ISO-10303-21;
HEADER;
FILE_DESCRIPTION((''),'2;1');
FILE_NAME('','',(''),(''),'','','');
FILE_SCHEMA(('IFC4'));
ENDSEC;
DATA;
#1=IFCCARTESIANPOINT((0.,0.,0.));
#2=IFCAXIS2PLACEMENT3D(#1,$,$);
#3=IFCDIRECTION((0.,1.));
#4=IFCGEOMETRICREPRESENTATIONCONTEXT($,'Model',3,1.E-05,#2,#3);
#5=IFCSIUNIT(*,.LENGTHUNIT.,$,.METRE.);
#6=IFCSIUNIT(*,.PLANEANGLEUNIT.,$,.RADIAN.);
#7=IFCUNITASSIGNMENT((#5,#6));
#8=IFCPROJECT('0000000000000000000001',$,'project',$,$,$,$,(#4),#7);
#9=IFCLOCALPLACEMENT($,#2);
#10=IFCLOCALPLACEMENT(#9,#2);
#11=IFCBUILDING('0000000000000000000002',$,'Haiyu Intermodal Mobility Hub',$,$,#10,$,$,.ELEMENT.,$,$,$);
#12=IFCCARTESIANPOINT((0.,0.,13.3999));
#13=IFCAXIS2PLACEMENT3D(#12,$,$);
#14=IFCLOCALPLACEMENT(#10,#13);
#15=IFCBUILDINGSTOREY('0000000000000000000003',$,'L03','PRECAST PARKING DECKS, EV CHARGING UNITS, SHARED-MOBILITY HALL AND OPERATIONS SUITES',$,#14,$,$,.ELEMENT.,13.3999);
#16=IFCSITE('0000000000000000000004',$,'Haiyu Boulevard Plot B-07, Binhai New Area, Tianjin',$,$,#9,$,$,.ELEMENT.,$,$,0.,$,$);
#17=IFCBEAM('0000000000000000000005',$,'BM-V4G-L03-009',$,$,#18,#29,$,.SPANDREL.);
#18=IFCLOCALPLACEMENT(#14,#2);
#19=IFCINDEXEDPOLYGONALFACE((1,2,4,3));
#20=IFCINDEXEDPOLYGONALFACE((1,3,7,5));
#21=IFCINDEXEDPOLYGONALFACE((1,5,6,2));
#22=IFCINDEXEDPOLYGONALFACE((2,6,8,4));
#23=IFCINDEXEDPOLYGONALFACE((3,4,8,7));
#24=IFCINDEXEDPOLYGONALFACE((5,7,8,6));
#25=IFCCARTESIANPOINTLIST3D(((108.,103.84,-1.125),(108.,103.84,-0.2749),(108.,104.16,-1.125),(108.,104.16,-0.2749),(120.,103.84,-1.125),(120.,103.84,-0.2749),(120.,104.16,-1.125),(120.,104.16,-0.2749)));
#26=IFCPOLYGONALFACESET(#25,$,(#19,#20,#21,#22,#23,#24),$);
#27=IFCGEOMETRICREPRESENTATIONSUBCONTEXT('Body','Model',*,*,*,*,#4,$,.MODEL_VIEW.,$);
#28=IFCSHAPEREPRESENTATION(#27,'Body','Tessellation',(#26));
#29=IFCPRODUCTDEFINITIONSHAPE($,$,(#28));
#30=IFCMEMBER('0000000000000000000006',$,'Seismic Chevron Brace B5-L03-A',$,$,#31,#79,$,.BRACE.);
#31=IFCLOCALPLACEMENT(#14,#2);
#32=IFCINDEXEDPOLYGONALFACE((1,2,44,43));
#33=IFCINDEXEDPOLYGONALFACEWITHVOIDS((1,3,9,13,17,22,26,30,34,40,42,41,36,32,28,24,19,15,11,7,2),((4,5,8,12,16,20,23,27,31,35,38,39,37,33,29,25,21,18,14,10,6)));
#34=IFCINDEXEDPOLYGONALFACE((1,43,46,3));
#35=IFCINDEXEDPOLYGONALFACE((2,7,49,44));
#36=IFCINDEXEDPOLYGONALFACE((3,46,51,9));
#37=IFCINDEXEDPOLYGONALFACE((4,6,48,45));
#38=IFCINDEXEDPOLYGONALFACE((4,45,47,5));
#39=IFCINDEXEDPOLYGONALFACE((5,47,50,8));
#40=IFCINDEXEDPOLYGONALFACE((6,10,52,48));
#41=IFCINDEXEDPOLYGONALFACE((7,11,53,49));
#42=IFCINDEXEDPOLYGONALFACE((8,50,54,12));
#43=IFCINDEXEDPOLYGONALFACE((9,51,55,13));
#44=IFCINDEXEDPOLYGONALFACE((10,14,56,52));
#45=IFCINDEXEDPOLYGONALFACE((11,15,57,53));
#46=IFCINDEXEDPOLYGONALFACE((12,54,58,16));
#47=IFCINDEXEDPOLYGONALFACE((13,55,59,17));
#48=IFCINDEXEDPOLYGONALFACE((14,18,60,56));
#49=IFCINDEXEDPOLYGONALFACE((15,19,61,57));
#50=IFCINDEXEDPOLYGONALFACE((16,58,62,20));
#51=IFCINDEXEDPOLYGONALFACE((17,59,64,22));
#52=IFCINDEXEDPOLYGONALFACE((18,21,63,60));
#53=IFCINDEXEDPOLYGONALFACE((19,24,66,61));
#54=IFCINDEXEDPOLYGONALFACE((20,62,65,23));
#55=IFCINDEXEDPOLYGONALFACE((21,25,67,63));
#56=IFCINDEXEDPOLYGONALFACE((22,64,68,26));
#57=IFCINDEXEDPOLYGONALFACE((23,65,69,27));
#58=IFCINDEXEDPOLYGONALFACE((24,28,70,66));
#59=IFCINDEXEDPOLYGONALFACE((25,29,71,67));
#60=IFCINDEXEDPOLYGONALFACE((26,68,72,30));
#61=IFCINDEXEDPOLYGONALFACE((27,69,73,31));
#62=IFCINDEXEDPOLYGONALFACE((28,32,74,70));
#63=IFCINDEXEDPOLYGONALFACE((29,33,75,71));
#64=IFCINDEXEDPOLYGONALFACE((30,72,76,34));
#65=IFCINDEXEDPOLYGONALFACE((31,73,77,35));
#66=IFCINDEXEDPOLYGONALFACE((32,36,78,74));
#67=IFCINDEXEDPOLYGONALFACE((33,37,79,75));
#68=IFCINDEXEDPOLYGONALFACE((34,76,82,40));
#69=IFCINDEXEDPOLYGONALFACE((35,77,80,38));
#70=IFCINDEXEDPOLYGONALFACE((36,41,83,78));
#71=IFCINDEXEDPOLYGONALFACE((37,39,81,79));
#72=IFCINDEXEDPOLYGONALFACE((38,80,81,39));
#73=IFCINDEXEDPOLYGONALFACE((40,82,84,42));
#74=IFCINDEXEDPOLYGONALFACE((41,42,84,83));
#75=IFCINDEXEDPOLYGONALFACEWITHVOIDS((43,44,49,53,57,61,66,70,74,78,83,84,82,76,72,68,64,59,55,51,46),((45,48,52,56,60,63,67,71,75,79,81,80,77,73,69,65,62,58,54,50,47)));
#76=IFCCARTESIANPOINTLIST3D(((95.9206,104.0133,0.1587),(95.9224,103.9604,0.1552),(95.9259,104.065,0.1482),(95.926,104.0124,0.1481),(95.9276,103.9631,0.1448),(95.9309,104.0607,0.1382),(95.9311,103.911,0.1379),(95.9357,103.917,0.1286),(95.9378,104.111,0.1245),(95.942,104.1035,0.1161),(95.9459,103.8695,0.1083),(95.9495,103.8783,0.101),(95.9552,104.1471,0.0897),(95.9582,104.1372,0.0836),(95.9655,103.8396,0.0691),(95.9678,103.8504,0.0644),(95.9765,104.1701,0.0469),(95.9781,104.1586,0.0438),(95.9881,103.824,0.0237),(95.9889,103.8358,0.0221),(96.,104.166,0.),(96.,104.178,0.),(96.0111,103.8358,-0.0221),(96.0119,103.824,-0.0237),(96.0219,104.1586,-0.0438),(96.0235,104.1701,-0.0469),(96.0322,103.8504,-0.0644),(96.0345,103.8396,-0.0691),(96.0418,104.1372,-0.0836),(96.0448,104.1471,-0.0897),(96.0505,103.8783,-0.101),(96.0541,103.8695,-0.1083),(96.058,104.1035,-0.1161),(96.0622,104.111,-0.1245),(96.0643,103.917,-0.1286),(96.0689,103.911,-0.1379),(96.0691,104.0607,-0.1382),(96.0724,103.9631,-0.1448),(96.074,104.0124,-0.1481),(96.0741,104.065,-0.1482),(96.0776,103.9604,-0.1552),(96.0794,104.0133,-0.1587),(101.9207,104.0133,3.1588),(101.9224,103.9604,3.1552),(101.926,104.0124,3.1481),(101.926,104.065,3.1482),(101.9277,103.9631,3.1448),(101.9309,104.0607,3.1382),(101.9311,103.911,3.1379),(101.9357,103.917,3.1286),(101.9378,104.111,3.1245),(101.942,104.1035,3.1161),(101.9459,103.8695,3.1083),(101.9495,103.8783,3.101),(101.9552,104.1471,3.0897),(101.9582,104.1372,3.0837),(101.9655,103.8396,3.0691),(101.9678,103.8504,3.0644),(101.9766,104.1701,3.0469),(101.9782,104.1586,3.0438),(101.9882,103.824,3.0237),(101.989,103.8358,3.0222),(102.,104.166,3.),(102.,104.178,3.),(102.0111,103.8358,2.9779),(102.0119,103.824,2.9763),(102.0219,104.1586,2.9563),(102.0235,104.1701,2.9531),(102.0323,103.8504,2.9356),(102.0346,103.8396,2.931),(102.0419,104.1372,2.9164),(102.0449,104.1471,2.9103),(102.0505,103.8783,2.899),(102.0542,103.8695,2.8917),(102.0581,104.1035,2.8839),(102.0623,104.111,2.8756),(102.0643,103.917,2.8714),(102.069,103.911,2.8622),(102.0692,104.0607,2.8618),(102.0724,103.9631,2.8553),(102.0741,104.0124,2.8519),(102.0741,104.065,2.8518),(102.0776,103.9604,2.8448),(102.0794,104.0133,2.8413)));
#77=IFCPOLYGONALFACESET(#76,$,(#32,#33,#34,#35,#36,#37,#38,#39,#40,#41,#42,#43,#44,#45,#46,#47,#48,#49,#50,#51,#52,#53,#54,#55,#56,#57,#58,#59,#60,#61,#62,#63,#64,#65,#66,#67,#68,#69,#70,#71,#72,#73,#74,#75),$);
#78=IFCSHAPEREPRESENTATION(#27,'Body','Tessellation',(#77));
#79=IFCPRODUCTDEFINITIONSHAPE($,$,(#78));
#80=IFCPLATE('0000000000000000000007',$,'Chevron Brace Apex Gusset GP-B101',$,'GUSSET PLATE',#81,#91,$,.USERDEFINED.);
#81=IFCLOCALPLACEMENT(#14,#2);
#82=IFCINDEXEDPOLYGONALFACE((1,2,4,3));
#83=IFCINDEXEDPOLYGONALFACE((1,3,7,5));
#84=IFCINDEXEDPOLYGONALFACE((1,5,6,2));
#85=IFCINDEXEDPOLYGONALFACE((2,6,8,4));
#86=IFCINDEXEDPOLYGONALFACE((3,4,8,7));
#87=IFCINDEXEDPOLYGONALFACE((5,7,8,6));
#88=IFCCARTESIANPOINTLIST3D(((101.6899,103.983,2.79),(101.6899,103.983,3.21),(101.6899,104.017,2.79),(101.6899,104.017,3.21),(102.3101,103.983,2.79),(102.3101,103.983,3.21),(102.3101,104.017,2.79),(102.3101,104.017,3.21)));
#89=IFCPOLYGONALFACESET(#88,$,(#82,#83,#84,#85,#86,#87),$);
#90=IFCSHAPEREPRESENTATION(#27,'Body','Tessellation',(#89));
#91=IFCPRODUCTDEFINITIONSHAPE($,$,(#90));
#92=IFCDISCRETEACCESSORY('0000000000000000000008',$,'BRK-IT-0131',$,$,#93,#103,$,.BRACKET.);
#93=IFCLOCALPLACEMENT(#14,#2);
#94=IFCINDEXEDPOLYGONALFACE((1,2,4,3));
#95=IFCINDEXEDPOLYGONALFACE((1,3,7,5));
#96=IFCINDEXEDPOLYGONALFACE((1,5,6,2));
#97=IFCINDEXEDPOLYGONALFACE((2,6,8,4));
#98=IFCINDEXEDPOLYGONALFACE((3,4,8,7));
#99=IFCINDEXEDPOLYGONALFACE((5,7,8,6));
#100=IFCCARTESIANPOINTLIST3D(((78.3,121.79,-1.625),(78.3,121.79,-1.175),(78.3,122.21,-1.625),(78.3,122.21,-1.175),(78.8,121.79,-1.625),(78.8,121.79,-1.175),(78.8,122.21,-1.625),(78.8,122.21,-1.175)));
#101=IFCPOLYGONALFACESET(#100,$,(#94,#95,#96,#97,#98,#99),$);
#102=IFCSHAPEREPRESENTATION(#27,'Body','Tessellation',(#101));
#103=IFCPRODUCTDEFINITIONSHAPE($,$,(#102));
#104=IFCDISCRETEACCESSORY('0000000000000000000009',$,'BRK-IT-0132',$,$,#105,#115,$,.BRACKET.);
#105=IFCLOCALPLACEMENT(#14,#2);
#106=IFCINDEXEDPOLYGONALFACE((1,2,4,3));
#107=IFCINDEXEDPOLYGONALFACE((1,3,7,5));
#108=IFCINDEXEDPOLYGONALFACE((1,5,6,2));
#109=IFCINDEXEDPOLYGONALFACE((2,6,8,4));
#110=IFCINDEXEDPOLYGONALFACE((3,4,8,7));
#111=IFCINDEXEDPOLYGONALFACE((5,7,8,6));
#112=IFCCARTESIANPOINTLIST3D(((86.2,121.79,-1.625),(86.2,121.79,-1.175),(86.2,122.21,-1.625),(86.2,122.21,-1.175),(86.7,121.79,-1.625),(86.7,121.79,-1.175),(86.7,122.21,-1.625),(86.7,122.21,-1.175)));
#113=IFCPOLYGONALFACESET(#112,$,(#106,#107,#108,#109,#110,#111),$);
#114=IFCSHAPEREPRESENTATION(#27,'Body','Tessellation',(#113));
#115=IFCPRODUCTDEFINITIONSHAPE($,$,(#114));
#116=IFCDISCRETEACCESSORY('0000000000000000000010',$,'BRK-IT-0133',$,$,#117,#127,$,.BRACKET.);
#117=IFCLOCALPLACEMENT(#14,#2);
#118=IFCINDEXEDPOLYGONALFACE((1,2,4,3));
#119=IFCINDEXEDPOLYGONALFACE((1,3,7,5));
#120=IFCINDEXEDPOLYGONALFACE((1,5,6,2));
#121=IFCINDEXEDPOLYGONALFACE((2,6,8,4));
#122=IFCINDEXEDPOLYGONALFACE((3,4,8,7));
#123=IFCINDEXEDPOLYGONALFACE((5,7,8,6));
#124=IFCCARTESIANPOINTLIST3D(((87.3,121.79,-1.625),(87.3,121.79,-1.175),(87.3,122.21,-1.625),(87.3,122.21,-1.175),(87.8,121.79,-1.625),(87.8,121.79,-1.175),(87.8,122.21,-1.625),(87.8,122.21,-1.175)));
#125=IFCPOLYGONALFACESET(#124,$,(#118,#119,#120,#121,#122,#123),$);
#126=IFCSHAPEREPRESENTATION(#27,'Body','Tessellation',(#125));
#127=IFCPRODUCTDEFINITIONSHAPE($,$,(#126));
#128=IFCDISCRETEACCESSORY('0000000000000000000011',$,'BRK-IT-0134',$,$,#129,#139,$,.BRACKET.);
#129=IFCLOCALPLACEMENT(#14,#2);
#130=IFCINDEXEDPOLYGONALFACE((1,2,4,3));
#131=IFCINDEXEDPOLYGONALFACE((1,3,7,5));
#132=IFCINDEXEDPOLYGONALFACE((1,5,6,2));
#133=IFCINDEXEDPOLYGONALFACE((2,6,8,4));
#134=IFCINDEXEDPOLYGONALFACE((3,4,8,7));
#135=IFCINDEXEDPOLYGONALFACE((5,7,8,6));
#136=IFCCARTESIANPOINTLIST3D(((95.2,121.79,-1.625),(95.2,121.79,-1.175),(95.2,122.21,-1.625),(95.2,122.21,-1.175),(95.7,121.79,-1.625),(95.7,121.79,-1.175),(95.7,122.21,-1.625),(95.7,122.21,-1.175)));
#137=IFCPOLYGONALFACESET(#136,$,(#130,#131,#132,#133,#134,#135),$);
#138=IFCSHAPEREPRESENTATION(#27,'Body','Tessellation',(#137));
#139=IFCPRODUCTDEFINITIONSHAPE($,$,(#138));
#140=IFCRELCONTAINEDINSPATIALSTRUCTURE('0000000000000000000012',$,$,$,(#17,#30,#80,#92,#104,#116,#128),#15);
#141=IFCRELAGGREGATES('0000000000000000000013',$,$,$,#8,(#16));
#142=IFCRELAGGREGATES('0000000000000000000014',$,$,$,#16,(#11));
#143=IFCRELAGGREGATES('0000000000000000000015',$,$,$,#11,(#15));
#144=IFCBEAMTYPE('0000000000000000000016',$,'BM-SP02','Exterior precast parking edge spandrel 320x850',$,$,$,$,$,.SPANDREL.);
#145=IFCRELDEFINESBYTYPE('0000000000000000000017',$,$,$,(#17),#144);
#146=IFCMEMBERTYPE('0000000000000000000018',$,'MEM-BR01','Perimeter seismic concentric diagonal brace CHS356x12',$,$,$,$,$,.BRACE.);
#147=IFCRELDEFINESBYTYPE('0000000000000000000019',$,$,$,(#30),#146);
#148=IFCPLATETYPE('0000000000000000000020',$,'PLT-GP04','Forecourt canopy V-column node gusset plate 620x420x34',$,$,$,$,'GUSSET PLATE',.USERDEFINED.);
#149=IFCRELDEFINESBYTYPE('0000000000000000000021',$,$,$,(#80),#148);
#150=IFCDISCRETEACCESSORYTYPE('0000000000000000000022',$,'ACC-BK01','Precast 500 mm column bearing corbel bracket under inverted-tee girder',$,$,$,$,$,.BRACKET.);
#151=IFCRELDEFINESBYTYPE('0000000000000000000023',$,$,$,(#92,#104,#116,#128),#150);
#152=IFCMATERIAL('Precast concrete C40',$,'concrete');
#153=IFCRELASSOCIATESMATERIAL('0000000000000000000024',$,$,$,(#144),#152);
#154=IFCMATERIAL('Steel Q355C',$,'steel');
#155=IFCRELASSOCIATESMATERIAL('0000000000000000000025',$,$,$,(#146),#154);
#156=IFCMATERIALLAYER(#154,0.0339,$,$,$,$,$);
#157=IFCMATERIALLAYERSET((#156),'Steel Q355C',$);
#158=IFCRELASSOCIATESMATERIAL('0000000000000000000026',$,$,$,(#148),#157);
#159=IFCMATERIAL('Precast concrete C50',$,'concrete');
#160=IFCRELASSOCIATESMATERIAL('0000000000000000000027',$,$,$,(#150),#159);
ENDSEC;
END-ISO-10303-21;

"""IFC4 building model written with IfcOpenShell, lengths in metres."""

from ifc_helpers import new_model, si_unit, direction, frame, origin, origin_2d, place, context, subcontext, project, spatial, rectangle, hollow_circle, extrude, material, layer, layer_set, material_profile, profile_set, type_object, element, save


model = new_model("IFC4")

# Units and contexts
model_context = context("Model", 3, precision=1e-05, world=origin(), true_north=direction((0.0, 1.0)))
body_context = subcontext(model_context, "Body", "Model", "MODEL_VIEW")
ifc_project = project(units=[si_unit("LENGTHUNIT", "METRE"), si_unit("PLANEANGLEUNIT", "RADIAN")], contexts=[model_context])

# Site, building, storey
site_placement = place(None, origin())
site = spatial("IfcSite", under=ifc_project, at=site_placement, Name="Haiyu Boulevard Plot B-07, Binhai New Area, Tianjin", CompositionType="ELEMENT", RefElevation=0.0)
building_placement = place(site_placement, origin())
building = spatial("IfcBuilding", under=site, at=building_placement, Name="Haiyu Intermodal Mobility Hub", CompositionType="ELEMENT")
storey_placement = place(building_placement, frame((0.0, 0.0, 13.3999)))
storey = spatial("IfcBuildingStorey", under=building, at=storey_placement, Name="L03", Description="PRECAST PARKING DECKS, EV CHARGING UNITS, SHARED-MOBILITY HALL AND OPERATIONS SUITES", CompositionType="ELEMENT", Elevation=13.3999)

# Shared definitions
ifc_material_1 = material(Name="Precast concrete C40", Category="concrete")

# Beam
ifc_material_2 = material(Name="Precast concrete C50", Category="concrete")
ifc_material_profile_1 = material_profile(ifc_material_1, rectangle(XDim=0.3201, YDim=0.8501, at=origin_2d()), Name="PC320x850")
ifc_profile_set_1 = profile_set([ifc_material_profile_1], Name="Precast concrete C40")
beam_type_1 = type_object("IfcBeamType", Name="BM-SP02", Description="Exterior precast parking edge spandrel 320x850", PredefinedType="SPANDREL", material=ifc_profile_set_1)
for number, where, z_axis, x_axis, name in (
    (1, (108.0, 104.0, -0.7), (1.0, 0.0, 0.0), (0.0, 1.0, 0.0), "BM-V4G-L03-009"),
):
    element("IfcBeam", number, at=place(storey_placement, frame(where, z_axis=z_axis, x_axis=x_axis)), inside=storey, type_object=beam_type_1, Name=name, PredefinedType="SPANDREL", context=body_context, shape_type="SweptSolid", body=[
        extrude(rectangle(XDim=0.3201, YDim=0.8501, at=origin_2d()), origin(), (0.0, 0.0, 1.0), 12.0),
    ])

# Member
ifc_material_3 = material(Name="Steel Q355C", Category="steel")
ifc_material_profile_2 = material_profile(ifc_material_3, hollow_circle(Radius=0.178, WallThickness=0.012, at=origin_2d()), Name="CHS356x12")
ifc_profile_set_2 = profile_set([ifc_material_profile_2], Name="Steel Q355C")
member_type = type_object("IfcMemberType", Name="MEM-BR01", Description="Perimeter seismic concentric diagonal brace CHS356x12", PredefinedType="BRACE", material=ifc_profile_set_2)
member_placement = place(storey_placement, frame((96.0, 104.0, 0.0), z_axis=(0.894427, 0.0, 0.447214), x_axis=(0.0, 1.0, 0.0)))
element("IfcMember", 2, at=member_placement, inside=storey, type_object=member_type, Name="Seismic Chevron Brace B5-L03-A", PredefinedType="BRACE", context=body_context, shape_type="SweptSolid", body=[
    extrude(hollow_circle(Radius=0.178, WallThickness=0.012, at=origin_2d()), origin(), (0.0, 0.0, 1.0), 6.7083),
])

# Plate
ifc_layer = layer(ifc_material_3, 0.0339)
ifc_layer_set = layer_set([ifc_layer], Name="Steel Q355C")
plate_type = type_object("IfcPlateType", Name="PLT-GP04", Description="Forecourt canopy V-column node gusset plate 620x420x34", ElementType="GUSSET PLATE", PredefinedType="USERDEFINED", material=ifc_layer_set)
plate_placement = place(storey_placement, frame((102.0, 104.0, 2.79), z_axis=(0.0, 0.0, 1.0), x_axis=(1.0, 0.0, 0.0)))
element("IfcPlate", 3, at=plate_placement, inside=storey, type_object=plate_type, Name="Chevron Brace Apex Gusset GP-B101", ObjectType="GUSSET PLATE", PredefinedType="USERDEFINED", context=body_context, shape_type="SweptSolid", body=[
    extrude(rectangle(XDim=0.6201, YDim=0.0339, at=origin_2d()), origin(), (0.0, 0.0, 1.0), 0.4199),
])

# Discrete accessories
discrete_accessory_type = type_object("IfcDiscreteAccessoryType", Name="ACC-BK01", Description="Precast 500 mm column bearing corbel bracket under inverted-tee girder", PredefinedType="BRACKET", material=ifc_material_2)
for number, where, z_axis, x_axis, name in (
    (4, (78.55, 122.0, -1.625), (0.0, 0.0, 1.0), (1.0, 0.0, 0.0), "BRK-IT-0131"),
    (5, (86.45, 122.0, -1.625), (0.0, 0.0, 1.0), (1.0, 0.0, 0.0), "BRK-IT-0132"),
    (6, (87.55, 122.0, -1.625), (0.0, 0.0, 1.0), (1.0, 0.0, 0.0), "BRK-IT-0133"),
    (7, (95.45, 122.0, -1.625), (0.0, 0.0, 1.0), (1.0, 0.0, 0.0), "BRK-IT-0134"),
):
    element("IfcDiscreteAccessory", number, at=place(storey_placement, frame(where, z_axis=z_axis, x_axis=x_axis)), inside=storey, type_object=discrete_accessory_type, Name=name, PredefinedType="BRACKET", context=body_context, shape_type="SweptSolid", body=[
        extrude(rectangle(XDim=0.5, YDim=0.4199, at=origin_2d()), origin(), (0.0, 0.0, 1.0), 0.45),
    ])

save(model, "model.ifc")
